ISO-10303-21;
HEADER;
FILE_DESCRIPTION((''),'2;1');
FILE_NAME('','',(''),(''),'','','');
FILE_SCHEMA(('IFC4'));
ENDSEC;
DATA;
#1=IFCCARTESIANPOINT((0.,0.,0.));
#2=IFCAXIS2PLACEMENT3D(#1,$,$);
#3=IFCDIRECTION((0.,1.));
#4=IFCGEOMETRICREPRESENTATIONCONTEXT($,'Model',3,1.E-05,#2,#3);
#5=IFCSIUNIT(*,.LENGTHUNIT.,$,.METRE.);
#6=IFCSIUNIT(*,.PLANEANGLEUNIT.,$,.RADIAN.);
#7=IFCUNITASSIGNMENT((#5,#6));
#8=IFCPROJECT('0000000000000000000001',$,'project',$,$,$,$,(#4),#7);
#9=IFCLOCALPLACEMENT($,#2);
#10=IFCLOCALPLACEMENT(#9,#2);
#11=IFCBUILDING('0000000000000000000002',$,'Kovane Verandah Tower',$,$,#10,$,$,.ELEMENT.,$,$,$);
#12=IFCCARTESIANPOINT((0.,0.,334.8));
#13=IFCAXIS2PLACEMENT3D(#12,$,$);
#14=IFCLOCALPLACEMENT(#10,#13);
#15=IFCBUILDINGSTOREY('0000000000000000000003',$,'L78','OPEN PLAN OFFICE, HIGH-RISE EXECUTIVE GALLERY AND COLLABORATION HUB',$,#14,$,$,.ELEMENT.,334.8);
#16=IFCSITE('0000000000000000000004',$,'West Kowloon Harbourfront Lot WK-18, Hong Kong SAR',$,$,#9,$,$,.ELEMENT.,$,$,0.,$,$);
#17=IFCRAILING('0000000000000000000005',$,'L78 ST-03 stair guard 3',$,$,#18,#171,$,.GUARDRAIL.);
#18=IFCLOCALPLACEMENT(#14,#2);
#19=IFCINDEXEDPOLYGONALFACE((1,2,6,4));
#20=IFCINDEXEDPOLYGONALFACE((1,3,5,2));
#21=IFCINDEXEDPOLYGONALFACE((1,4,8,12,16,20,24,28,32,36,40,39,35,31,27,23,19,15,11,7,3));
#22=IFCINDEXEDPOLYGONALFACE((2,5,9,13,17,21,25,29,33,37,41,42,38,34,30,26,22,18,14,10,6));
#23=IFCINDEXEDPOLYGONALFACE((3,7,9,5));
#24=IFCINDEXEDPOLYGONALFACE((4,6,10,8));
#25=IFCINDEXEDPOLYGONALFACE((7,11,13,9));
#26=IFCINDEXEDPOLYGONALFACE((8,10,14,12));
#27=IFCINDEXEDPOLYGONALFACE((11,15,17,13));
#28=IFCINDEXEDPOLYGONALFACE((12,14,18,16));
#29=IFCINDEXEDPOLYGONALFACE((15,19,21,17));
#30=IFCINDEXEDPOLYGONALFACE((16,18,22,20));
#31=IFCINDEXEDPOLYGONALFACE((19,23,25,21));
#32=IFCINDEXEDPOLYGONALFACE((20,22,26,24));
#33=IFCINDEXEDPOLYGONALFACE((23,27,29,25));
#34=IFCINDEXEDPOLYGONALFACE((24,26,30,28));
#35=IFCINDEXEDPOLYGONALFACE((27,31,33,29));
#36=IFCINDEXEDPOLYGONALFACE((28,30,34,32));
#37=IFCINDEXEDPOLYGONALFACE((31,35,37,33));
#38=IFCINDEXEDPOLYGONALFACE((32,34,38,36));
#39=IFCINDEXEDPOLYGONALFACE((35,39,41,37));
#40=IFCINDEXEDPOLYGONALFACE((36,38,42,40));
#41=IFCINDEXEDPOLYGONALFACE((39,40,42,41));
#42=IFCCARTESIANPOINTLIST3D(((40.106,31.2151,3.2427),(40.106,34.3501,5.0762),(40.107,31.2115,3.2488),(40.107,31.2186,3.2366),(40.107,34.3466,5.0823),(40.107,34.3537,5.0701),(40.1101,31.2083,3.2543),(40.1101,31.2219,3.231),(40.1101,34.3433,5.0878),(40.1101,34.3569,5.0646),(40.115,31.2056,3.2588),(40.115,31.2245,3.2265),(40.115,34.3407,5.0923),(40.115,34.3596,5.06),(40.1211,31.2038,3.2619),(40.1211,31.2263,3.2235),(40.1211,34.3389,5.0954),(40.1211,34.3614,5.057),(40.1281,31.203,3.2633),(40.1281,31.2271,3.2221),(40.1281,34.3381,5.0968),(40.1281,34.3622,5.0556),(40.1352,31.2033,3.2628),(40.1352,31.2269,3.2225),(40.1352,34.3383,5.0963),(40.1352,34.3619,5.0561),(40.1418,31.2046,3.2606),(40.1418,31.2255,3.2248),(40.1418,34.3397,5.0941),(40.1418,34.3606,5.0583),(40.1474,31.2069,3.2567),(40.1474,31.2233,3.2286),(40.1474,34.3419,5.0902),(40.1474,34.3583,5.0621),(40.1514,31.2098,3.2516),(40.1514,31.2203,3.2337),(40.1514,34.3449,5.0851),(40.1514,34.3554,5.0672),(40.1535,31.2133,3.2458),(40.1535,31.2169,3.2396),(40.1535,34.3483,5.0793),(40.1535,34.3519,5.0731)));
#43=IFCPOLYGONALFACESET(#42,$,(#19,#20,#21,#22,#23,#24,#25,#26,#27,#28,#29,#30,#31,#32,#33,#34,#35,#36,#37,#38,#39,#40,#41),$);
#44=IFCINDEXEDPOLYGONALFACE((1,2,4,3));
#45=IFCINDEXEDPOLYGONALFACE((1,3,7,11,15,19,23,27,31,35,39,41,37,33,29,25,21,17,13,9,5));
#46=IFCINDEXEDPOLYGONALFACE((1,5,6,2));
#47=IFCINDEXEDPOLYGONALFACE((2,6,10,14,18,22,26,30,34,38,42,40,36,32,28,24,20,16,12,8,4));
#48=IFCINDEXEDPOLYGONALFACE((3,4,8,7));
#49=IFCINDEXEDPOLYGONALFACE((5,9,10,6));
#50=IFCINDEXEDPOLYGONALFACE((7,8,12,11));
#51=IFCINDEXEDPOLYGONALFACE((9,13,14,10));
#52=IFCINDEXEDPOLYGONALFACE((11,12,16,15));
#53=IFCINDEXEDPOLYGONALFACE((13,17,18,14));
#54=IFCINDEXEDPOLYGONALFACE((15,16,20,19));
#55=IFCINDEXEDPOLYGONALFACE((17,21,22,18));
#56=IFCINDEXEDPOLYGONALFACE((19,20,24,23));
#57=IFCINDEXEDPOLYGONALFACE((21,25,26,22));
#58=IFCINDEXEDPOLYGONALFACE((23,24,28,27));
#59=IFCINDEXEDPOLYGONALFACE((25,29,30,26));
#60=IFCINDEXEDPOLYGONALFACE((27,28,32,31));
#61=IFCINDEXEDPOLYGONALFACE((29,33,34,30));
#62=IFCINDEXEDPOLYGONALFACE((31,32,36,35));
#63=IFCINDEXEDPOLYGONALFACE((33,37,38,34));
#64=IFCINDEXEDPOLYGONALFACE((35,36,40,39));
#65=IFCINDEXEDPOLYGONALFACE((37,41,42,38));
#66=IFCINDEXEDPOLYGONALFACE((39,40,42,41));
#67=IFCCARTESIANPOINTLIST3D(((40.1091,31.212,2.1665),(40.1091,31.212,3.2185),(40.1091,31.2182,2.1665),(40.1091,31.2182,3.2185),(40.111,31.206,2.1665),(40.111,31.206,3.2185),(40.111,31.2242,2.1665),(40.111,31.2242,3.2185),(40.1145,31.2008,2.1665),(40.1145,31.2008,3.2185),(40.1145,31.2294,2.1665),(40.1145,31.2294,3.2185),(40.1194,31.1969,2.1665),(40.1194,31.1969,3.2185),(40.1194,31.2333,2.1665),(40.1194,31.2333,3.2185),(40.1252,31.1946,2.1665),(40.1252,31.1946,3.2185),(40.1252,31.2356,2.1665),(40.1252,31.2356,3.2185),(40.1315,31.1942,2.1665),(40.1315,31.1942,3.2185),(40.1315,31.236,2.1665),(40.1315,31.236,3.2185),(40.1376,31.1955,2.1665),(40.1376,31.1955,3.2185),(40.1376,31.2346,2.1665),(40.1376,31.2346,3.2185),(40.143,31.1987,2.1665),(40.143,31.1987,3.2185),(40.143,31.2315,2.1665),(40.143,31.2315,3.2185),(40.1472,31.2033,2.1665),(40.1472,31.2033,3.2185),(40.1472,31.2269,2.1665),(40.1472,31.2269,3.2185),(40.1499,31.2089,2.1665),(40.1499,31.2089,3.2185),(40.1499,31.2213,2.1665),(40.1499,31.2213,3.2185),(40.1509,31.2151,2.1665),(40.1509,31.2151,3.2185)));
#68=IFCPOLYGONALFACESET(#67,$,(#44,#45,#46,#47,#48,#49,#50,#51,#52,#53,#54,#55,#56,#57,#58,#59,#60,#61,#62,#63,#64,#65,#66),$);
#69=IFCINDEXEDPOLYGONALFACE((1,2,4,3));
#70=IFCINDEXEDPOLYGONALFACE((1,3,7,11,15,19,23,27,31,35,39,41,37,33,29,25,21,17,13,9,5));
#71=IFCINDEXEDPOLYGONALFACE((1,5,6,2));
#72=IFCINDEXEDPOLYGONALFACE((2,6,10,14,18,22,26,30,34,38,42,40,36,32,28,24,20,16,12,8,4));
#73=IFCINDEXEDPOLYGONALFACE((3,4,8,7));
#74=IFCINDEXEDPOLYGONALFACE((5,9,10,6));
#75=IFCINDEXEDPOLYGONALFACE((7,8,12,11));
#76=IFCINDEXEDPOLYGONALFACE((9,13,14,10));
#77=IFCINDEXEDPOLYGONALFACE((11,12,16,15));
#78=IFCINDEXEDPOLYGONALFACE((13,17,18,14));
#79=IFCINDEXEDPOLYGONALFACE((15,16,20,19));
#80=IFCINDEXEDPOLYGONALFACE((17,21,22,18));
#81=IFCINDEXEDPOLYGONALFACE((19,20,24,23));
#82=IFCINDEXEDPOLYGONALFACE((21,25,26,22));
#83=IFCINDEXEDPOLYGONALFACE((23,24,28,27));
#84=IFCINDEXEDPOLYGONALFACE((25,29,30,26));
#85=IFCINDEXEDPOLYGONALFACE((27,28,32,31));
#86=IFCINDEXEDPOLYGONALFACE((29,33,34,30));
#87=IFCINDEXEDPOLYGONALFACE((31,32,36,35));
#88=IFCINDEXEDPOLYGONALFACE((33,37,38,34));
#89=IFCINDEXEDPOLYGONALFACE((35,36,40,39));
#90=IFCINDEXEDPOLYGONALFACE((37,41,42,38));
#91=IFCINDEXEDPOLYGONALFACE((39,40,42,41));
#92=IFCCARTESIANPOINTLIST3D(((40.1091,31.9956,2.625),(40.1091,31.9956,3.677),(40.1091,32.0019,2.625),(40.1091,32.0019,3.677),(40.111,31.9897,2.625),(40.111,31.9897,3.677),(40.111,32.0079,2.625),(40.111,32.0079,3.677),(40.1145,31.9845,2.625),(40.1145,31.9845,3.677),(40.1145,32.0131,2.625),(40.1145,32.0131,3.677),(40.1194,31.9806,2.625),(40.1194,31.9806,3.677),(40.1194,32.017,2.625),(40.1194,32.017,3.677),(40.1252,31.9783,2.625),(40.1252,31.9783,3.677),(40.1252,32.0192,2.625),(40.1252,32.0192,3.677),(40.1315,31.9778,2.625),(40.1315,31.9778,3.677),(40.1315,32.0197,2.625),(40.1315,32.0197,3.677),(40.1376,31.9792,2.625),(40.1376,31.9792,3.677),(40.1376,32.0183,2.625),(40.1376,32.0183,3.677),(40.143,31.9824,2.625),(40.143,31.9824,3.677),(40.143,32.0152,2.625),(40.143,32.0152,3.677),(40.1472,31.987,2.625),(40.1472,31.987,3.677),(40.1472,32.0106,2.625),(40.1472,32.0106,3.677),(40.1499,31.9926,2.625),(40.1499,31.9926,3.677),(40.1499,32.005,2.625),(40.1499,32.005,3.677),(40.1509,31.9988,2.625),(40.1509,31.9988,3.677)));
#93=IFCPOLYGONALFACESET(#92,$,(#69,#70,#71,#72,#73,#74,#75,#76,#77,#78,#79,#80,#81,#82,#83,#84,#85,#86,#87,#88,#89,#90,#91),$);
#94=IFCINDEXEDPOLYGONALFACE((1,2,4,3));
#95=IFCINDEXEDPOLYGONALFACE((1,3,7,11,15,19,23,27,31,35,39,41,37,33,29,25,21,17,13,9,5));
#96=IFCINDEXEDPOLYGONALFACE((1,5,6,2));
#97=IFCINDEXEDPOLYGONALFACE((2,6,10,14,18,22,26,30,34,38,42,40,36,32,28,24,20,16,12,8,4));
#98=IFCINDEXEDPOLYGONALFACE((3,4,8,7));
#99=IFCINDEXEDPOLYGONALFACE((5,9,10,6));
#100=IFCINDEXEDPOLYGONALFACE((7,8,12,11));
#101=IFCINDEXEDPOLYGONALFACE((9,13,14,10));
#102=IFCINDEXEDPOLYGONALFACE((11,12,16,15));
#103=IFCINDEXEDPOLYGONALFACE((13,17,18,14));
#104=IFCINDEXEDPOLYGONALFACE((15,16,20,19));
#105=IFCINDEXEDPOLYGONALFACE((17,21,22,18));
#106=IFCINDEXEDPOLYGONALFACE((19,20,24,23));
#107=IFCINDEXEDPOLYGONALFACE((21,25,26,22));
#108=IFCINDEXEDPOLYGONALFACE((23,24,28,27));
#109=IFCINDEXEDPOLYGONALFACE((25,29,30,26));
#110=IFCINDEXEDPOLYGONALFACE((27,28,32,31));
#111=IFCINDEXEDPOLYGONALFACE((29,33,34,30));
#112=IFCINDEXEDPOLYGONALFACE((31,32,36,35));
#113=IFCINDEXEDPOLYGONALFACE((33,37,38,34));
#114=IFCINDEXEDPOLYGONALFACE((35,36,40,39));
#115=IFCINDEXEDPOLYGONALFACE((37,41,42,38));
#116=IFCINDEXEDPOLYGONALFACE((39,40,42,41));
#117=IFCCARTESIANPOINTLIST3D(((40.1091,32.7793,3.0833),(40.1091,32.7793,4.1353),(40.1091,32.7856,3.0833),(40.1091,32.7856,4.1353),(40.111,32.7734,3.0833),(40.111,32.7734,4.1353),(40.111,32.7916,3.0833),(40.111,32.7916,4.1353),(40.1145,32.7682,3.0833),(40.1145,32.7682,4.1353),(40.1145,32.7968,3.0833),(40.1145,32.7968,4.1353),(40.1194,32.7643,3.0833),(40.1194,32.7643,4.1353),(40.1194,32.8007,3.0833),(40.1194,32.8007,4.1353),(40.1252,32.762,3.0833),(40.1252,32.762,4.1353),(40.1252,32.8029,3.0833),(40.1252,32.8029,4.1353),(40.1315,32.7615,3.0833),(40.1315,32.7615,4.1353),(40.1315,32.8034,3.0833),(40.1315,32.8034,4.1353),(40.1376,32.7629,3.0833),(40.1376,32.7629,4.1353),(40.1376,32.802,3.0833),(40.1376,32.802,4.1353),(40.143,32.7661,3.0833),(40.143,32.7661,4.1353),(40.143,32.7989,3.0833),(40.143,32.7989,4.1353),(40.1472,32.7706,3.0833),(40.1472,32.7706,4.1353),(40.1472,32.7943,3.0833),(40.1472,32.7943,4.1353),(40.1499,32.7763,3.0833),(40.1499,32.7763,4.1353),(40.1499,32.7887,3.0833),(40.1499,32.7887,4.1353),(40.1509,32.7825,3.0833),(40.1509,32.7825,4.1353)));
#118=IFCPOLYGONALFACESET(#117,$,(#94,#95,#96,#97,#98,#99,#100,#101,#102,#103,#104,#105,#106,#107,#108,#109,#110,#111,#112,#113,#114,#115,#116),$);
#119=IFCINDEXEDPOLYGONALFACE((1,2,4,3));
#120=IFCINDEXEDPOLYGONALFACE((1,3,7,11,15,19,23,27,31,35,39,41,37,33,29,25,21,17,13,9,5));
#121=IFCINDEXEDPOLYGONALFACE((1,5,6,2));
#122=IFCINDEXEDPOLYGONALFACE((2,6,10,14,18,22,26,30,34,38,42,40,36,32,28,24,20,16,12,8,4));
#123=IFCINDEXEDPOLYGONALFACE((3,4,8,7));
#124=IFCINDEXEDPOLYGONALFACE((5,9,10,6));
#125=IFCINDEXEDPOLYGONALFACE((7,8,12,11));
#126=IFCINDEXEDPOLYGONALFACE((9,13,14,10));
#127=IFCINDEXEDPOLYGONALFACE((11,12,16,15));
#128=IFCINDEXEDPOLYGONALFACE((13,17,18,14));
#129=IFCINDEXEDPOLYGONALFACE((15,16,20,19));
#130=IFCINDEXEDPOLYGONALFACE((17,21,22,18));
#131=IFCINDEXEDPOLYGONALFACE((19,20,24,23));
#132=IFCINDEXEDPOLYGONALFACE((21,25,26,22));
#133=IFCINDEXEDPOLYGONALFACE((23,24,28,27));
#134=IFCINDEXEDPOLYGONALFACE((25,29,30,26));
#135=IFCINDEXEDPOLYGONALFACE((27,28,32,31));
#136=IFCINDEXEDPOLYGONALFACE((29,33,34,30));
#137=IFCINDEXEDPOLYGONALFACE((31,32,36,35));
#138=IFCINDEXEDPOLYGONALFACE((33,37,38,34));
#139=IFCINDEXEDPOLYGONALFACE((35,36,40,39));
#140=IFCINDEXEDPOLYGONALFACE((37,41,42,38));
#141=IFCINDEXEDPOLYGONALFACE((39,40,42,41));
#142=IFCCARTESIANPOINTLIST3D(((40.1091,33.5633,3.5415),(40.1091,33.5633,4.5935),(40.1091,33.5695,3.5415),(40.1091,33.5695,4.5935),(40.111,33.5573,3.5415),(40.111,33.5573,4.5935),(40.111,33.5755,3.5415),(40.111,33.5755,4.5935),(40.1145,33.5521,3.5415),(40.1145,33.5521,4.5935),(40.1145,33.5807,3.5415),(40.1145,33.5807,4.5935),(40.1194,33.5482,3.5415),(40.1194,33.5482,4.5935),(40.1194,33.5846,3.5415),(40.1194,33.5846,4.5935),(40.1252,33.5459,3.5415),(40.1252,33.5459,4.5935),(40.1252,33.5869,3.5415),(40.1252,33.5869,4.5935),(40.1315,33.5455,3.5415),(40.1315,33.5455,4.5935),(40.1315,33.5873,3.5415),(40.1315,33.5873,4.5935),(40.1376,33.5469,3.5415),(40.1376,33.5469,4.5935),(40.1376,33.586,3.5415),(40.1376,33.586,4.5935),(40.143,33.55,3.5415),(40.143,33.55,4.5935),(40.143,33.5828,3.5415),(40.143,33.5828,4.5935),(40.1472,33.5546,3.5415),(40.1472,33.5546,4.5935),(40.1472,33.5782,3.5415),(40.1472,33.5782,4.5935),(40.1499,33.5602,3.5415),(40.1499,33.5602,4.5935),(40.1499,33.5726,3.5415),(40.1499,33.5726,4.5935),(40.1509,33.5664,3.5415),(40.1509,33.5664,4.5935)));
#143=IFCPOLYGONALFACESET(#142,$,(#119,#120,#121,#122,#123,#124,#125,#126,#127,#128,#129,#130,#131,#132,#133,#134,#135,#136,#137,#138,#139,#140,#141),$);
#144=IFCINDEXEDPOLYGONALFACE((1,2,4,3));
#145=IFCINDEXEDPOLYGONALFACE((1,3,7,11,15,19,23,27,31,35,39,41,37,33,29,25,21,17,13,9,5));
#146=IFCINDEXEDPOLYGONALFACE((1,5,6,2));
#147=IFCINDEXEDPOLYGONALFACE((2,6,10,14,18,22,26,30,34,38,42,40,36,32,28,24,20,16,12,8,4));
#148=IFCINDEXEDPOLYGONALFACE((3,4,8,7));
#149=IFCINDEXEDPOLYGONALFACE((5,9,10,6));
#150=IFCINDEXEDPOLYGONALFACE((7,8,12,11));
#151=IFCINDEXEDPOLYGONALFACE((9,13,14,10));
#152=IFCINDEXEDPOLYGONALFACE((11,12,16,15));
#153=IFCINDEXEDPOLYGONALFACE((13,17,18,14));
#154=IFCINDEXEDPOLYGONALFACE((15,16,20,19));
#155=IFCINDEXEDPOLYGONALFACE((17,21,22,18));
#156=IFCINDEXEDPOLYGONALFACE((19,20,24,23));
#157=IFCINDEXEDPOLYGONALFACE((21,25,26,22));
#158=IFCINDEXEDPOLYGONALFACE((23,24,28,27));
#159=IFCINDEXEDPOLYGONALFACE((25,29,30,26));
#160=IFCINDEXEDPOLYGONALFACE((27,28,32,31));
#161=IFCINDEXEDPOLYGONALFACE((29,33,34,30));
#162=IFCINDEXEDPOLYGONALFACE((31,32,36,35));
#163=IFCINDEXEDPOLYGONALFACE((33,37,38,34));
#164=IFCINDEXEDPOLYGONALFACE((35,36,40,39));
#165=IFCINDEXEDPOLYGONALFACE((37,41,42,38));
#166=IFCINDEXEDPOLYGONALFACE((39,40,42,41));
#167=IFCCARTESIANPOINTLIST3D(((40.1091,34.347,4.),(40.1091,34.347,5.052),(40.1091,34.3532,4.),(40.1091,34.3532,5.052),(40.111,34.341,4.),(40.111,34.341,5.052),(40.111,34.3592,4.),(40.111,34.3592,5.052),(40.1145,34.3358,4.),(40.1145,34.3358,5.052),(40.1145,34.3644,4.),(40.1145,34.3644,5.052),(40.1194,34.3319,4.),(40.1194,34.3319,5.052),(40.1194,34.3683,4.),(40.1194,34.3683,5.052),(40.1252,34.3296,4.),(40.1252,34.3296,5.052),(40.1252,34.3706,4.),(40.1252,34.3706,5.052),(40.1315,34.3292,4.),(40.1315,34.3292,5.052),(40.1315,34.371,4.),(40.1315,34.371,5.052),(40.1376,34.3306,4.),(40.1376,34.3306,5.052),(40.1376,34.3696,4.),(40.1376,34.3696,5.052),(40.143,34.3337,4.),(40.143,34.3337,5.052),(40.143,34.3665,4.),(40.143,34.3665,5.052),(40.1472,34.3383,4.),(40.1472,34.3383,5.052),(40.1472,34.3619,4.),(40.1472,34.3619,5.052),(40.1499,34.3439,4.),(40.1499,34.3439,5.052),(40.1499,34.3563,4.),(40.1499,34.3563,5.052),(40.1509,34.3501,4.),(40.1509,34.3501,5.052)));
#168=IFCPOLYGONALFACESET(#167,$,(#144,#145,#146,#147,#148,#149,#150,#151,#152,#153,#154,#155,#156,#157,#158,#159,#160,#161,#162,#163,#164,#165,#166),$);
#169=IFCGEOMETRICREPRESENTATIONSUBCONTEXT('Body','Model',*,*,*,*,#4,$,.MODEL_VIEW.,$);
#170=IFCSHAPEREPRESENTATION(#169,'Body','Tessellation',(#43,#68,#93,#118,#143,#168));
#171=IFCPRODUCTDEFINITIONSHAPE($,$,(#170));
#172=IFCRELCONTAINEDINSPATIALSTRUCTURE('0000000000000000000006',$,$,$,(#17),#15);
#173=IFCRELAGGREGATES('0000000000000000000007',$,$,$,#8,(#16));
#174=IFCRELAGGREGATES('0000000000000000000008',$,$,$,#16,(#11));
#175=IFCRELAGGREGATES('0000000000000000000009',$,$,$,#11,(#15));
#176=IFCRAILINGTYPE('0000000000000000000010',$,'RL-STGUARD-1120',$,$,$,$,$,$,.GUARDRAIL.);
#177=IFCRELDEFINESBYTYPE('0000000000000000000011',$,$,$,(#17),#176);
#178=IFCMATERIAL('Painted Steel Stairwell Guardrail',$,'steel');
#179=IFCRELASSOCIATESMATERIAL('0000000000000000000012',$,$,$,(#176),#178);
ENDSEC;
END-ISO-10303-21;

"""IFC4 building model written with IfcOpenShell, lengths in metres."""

from ifc_helpers import new_model, si_unit, direction, frame, origin, origin_2d, place, context, subcontext, project, spatial, circle, extrude, material, type_object, element, save


model = new_model("IFC4")

# Units and contexts
model_context = context("Model", 3, precision=1e-05, world=origin(), true_north=direction((0.0, 1.0)))
body_context = subcontext(model_context, "Body", "Model", "MODEL_VIEW")
ifc_project = project(units=[si_unit("LENGTHUNIT", "METRE"), si_unit("PLANEANGLEUNIT", "RADIAN")], contexts=[model_context])

# Site, building, storey
site_placement = place(None, origin())
site = spatial("IfcSite", under=ifc_project, at=site_placement, Name="West Kowloon Harbourfront Lot WK-18, Hong Kong SAR", CompositionType="ELEMENT", RefElevation=0.0)
building_placement = place(site_placement, origin())
building = spatial("IfcBuilding", under=site, at=building_placement, Name="Kovane Verandah Tower", CompositionType="ELEMENT")
storey_placement = place(building_placement, frame((0.0, 0.0, 334.8)))
storey = spatial("IfcBuildingStorey", under=building, at=storey_placement, Name="L78", Description="OPEN PLAN OFFICE, HIGH-RISE EXECUTIVE GALLERY AND COLLABORATION HUB", CompositionType="ELEMENT", Elevation=334.8)

# Railing
ifc_material_1 = material(Name="Painted Steel Stairwell Guardrail", Category="steel")
railing_type_1 = type_object("IfcRailingType", Name="RL-STGUARD-1120", PredefinedType="GUARDRAIL", material=ifc_material_1)
railing_1_placement = place(storey_placement, frame((40.1299, 31.2151, 2.1665)))
element("IfcRailing", 1, at=railing_1_placement, inside=storey, type_object=railing_type_1, Name="L78 ST-03 stair guard 3", PredefinedType="GUARDRAIL", context=body_context, shape_type="SweptSolid", body=[
    extrude(circle(Radius=0.0239, at=origin_2d()), frame((0.0, 0.0, 1.0762), z_axis=(0.0, 0.86321, 0.504845), x_axis=(-1.0, 0.0, 0.0)), (0.0, 0.0, 1.0), 3.6318),
    extrude(circle(Radius=0.021, at=origin_2d()), origin(), (0.0, 0.0, 1.0), 1.052),
    extrude(circle(Radius=0.021, at=origin_2d()), frame((0.0, 0.7837, 0.4585)), (0.0, 0.0, 1.0), 1.052),
    extrude(circle(Radius=0.021, at=origin_2d()), frame((0.0, 1.5674, 0.9167)), (0.0, 0.0, 1.0), 1.052),
    extrude(circle(Radius=0.021, at=origin_2d()), frame((0.0, 2.3513, 1.375)), (0.0, 0.0, 1.0), 1.052),
    extrude(circle(Radius=0.021, at=origin_2d()), frame((0.0, 3.135, 1.8335)), (0.0, 0.0, 1.0), 1.052),
])

save(model, "model.ifc")
